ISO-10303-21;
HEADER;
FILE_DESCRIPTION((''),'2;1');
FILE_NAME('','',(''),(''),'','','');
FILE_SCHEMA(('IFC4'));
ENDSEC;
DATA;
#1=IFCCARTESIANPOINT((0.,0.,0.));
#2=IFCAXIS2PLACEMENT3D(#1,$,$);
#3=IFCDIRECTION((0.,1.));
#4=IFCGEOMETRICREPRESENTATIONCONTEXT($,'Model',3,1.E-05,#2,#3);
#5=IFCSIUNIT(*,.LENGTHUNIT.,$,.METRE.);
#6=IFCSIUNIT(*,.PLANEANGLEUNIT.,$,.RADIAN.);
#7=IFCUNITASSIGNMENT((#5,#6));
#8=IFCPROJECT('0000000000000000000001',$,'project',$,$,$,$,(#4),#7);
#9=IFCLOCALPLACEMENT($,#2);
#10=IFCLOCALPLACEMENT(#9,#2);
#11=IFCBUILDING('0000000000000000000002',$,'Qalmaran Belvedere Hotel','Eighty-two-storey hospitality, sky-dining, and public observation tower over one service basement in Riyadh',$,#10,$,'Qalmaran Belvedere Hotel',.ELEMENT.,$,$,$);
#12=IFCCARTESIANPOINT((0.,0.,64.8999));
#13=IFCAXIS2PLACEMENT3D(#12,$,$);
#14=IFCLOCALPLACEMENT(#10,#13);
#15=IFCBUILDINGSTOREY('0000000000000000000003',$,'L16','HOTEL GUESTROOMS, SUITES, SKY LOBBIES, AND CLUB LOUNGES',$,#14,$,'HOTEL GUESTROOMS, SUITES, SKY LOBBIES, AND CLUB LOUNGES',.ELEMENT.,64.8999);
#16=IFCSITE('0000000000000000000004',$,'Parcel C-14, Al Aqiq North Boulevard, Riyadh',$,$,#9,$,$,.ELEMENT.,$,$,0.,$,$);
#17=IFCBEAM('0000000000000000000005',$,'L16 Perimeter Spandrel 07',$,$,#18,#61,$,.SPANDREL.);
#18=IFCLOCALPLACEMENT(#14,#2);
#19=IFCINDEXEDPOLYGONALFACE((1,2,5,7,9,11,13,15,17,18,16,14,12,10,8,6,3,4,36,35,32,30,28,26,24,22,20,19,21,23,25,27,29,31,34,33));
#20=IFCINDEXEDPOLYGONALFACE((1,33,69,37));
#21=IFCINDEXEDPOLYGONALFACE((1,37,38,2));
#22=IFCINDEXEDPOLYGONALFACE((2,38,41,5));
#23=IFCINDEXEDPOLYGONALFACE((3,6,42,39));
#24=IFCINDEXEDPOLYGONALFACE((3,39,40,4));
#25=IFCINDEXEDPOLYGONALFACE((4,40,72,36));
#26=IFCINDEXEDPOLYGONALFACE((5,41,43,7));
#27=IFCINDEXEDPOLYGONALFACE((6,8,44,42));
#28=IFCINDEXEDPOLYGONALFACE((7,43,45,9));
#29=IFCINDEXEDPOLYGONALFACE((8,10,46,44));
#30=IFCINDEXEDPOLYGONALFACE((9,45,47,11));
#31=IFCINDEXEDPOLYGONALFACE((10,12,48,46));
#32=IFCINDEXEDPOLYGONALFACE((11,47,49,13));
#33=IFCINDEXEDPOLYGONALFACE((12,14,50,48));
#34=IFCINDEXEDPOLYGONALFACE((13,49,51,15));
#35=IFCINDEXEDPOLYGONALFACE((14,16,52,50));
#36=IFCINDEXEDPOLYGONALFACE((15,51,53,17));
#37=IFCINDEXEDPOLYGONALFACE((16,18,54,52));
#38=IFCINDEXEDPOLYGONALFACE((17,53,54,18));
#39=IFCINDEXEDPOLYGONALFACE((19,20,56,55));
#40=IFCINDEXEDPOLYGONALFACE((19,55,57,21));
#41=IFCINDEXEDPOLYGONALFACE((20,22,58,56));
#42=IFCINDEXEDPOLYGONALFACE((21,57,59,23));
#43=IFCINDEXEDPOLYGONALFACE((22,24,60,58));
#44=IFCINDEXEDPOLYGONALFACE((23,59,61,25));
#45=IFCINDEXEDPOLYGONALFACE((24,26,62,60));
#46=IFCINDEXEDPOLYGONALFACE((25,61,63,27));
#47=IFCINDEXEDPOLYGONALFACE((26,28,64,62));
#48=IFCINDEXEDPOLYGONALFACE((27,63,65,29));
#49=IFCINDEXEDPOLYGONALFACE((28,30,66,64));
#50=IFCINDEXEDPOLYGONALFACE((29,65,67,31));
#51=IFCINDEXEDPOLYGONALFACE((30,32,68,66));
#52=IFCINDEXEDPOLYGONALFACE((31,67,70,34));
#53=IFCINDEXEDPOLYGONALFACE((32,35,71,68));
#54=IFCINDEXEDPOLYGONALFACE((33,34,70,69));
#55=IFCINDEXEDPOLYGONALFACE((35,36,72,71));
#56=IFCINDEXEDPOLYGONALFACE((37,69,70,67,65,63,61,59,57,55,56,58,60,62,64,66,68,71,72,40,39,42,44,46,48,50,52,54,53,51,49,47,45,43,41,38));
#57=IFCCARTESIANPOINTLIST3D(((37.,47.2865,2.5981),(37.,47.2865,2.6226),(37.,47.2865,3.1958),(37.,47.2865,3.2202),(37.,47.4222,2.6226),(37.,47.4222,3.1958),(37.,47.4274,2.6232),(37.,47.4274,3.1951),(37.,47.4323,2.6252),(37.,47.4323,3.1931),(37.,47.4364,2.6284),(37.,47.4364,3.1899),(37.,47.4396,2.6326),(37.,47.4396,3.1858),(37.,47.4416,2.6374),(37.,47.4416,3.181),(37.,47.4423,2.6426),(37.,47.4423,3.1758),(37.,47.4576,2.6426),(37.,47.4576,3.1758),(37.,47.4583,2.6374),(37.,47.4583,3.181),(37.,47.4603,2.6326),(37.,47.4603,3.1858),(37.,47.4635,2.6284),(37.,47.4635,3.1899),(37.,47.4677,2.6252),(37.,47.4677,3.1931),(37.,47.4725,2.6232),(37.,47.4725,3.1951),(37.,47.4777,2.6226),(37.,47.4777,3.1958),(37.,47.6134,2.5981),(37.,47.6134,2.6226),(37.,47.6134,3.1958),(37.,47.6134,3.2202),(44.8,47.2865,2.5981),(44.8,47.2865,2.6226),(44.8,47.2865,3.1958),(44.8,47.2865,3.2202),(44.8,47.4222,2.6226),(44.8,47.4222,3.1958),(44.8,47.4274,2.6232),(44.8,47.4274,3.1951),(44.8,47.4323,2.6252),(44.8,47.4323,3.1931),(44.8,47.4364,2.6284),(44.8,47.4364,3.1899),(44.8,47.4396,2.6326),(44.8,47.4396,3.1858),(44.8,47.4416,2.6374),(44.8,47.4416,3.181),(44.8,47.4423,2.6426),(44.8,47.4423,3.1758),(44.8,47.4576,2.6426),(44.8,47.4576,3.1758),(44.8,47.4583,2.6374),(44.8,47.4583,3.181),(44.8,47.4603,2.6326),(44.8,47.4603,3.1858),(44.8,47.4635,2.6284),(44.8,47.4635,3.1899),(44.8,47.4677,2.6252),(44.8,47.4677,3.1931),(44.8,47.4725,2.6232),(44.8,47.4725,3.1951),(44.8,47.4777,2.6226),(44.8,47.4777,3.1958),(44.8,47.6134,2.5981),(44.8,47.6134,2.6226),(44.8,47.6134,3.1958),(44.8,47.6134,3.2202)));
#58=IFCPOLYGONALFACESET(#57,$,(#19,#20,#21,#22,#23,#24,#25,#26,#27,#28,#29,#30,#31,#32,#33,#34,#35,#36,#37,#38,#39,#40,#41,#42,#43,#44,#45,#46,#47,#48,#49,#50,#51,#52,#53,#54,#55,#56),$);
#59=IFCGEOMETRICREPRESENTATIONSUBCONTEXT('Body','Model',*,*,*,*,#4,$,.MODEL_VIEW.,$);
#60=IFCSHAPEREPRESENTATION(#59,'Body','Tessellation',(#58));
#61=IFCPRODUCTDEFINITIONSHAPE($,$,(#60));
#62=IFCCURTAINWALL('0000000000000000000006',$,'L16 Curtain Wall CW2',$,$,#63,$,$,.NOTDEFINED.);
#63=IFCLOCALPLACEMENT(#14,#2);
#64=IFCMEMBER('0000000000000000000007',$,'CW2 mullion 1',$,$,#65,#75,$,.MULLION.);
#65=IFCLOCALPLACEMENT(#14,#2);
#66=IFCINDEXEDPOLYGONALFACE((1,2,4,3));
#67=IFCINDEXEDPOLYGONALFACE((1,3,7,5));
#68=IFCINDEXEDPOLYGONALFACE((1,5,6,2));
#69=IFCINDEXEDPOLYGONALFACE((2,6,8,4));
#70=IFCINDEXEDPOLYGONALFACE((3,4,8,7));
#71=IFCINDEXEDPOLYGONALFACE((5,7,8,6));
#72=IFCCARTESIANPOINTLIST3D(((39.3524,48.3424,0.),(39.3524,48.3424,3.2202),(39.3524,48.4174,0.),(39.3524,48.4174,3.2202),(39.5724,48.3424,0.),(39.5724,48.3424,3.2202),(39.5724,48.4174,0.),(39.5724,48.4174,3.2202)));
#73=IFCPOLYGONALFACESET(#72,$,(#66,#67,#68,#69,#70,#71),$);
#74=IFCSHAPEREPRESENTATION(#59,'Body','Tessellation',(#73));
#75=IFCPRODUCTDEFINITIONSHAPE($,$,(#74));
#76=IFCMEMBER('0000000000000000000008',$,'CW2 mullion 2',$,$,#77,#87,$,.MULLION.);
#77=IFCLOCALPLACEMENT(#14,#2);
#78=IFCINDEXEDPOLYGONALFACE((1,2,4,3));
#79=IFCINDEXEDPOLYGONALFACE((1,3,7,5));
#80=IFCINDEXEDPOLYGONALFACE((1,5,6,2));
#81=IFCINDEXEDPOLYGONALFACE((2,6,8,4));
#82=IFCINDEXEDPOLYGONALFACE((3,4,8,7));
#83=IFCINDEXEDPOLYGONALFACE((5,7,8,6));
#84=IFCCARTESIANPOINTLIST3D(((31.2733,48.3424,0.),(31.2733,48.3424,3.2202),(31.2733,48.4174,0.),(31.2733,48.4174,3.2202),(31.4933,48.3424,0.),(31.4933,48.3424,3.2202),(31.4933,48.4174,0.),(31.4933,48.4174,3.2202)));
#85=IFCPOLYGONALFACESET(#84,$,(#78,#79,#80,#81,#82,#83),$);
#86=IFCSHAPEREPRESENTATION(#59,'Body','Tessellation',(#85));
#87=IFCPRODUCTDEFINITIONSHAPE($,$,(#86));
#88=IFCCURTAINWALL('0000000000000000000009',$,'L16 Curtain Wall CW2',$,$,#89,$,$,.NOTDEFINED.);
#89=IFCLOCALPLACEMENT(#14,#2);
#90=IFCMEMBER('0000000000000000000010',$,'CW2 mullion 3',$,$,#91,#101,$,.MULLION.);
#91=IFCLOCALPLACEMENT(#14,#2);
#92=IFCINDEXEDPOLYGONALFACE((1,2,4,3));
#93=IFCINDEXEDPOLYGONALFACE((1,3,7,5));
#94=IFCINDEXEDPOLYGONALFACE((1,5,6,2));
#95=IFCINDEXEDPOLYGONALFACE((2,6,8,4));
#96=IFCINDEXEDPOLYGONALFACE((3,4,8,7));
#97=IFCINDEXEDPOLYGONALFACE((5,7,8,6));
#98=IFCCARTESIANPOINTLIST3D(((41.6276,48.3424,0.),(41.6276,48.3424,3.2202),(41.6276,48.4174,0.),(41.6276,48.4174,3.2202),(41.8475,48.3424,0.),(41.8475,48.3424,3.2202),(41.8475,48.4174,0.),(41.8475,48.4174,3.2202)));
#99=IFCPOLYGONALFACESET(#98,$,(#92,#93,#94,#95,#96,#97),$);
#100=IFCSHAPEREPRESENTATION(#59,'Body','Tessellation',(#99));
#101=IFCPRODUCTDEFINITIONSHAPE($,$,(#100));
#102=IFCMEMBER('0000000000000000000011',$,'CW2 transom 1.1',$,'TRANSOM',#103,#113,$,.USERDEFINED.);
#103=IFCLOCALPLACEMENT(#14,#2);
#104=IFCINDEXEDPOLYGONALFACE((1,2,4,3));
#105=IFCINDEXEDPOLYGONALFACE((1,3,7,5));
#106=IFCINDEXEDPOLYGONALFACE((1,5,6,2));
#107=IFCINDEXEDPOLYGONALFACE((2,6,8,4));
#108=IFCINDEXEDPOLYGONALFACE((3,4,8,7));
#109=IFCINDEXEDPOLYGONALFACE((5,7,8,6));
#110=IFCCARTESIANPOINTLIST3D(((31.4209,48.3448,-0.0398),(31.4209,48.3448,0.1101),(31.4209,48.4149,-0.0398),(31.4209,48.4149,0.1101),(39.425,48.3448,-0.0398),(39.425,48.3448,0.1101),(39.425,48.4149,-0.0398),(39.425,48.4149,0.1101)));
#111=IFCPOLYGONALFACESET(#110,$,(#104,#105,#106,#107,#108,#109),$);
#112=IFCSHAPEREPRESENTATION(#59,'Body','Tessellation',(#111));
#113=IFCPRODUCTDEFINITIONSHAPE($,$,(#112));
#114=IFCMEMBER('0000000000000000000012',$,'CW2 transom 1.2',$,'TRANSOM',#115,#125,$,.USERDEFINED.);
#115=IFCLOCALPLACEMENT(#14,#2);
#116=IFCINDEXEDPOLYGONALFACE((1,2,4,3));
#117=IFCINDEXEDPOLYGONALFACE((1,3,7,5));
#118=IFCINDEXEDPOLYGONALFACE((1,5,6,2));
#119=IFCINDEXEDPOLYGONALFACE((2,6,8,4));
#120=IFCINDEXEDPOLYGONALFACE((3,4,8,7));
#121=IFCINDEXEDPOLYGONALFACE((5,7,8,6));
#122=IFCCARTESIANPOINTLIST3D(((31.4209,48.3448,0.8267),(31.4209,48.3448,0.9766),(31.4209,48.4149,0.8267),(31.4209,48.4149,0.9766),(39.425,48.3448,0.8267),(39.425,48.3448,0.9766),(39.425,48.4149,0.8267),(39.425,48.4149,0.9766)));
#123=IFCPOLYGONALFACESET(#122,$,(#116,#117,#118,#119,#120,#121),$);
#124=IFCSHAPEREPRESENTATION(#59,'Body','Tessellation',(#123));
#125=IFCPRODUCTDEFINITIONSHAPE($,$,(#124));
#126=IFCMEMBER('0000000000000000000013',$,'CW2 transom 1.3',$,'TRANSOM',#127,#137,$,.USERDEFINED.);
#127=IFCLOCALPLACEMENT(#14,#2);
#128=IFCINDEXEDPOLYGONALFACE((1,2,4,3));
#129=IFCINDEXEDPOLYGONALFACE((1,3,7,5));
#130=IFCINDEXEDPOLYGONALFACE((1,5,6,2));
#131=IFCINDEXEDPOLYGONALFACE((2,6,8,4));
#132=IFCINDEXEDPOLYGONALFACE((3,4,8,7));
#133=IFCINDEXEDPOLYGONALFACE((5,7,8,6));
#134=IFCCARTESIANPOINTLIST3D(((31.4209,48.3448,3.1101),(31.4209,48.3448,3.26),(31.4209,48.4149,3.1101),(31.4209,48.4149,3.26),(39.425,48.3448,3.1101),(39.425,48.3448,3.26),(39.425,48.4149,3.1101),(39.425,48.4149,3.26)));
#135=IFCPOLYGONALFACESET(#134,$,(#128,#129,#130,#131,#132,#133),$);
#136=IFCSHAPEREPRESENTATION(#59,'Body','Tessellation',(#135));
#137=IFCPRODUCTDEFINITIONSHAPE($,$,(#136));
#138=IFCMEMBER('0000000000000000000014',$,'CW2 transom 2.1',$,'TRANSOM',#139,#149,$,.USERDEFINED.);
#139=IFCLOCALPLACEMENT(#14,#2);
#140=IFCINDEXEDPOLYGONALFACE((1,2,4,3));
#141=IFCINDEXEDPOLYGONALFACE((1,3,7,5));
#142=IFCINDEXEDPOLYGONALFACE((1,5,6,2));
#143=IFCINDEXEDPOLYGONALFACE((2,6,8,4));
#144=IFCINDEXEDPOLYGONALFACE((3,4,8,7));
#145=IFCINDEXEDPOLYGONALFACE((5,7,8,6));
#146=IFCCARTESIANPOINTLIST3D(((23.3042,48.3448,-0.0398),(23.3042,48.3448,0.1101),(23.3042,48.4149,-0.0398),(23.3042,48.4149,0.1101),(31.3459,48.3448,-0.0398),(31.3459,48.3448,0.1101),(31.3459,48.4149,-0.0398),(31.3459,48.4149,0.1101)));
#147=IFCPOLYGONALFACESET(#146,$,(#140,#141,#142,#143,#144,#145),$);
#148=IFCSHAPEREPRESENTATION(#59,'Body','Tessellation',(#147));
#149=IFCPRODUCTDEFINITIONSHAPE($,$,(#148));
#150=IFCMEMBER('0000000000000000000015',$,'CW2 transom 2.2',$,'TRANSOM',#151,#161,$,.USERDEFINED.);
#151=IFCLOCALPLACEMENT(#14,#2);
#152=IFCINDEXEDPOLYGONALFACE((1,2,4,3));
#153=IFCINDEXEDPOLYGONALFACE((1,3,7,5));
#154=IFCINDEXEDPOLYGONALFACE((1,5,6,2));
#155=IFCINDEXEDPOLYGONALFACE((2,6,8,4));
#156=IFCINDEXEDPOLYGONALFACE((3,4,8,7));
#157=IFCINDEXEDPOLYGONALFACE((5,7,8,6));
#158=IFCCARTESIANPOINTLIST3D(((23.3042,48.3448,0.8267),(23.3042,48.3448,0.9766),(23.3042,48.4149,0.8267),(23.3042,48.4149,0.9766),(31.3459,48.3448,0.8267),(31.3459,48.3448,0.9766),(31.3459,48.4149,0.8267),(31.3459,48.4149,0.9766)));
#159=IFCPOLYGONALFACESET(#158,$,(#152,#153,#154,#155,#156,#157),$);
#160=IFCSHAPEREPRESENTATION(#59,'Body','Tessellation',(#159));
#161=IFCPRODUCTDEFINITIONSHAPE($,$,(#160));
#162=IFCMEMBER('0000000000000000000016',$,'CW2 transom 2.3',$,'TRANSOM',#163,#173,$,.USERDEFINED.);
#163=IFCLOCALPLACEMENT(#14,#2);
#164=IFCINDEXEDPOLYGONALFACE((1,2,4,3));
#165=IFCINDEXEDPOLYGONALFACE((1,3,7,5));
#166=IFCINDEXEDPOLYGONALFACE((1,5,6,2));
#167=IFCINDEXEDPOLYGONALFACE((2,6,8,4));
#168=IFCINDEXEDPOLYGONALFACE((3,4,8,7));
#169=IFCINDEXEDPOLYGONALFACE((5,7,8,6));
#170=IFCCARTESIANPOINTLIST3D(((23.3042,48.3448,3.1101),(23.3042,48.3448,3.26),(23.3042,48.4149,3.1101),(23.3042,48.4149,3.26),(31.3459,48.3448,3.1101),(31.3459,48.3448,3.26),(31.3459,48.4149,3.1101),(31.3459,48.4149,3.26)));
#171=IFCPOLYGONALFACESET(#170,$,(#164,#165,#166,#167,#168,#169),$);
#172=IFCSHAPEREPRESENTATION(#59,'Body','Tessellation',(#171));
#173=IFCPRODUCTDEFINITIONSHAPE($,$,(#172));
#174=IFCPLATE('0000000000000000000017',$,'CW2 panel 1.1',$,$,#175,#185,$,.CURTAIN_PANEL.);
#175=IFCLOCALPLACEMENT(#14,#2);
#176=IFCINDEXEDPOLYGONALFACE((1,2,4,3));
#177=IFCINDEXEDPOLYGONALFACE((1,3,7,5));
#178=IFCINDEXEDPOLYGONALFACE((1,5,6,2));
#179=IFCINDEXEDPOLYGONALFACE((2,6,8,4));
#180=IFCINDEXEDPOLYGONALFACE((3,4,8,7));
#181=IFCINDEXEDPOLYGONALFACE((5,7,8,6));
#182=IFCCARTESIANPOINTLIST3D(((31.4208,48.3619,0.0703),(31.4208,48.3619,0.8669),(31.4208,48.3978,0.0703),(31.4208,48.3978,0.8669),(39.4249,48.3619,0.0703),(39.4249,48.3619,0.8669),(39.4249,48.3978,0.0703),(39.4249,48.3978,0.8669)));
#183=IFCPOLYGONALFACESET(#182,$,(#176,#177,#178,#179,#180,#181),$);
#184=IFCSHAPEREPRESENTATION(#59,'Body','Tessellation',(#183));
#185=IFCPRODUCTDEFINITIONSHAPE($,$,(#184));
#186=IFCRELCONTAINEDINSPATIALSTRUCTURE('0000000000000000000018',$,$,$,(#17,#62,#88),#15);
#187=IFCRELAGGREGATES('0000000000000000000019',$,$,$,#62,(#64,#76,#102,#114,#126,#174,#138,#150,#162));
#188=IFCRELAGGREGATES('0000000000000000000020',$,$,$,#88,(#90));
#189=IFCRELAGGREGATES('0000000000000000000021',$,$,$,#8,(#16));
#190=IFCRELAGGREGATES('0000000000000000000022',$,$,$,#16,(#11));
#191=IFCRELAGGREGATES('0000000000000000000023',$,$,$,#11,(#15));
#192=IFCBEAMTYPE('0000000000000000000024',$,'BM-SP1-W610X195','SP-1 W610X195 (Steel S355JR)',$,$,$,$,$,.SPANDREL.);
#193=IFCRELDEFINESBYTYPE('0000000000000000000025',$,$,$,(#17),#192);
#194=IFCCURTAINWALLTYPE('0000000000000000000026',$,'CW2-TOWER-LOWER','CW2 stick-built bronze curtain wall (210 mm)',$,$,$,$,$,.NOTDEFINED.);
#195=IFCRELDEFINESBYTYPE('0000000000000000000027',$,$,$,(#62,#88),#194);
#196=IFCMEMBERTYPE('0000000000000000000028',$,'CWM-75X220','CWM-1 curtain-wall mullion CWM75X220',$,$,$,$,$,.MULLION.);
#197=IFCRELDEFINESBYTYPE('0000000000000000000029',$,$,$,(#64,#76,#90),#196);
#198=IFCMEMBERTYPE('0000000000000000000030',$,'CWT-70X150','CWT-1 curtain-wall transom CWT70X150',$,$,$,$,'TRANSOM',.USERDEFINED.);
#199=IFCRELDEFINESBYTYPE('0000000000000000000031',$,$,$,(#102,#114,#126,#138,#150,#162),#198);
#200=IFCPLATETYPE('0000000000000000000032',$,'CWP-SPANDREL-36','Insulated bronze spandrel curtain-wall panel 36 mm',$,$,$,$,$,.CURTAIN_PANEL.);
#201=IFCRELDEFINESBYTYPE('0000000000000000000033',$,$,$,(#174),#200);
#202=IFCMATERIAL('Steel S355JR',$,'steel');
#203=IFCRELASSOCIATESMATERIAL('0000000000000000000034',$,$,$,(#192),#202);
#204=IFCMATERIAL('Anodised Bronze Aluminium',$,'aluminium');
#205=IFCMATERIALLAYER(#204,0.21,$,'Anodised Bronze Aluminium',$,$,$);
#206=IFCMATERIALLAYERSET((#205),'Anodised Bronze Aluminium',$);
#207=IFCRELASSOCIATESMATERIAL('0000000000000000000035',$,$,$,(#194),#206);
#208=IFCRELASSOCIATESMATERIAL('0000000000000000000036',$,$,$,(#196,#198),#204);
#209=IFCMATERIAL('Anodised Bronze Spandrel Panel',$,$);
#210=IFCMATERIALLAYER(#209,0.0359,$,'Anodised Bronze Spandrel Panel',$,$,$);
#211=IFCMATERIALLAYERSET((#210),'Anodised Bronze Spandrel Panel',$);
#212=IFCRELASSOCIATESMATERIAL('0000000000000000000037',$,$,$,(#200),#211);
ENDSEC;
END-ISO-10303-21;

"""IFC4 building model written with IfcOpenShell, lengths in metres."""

from ifc_helpers import new_model, si_unit, direction, frame, origin, origin_2d, place, context, subcontext, project, spatial, rectangle, i_section, extrude, material, layer, layer_set, material_profile, profile_set, type_object, element, aggregate, save


model = new_model("IFC4")

# Units and contexts
model_context = context("Model", 3, precision=1e-05, world=origin(), true_north=direction((0.0, 1.0)))
body_context = subcontext(model_context, "Body", "Model", "MODEL_VIEW")
ifc_project = project(units=[si_unit("LENGTHUNIT", "METRE"), si_unit("PLANEANGLEUNIT", "RADIAN")], contexts=[model_context])

# Site, building, storey
site_placement = place(None, origin())
site = spatial("IfcSite", under=ifc_project, at=site_placement, Name="Parcel C-14, Al Aqiq North Boulevard, Riyadh", CompositionType="ELEMENT", RefElevation=0.0)
building_placement = place(site_placement, origin())
building = spatial("IfcBuilding", under=site, at=building_placement, Name="Qalmaran Belvedere Hotel", Description="Eighty-two-storey hospitality, sky-dining, and public observation tower over one service basement in Riyadh", LongName="Qalmaran Belvedere Hotel", CompositionType="ELEMENT")
storey_placement = place(building_placement, frame((0.0, 0.0, 64.8999)))
storey = spatial("IfcBuildingStorey", under=building, at=storey_placement, Name="L16", Description="HOTEL GUESTROOMS, SUITES, SKY LOBBIES, AND CLUB LOUNGES", LongName="HOTEL GUESTROOMS, SUITES, SKY LOBBIES, AND CLUB LOUNGES", CompositionType="ELEMENT", Elevation=64.8999)

# Beam
ifc_material_1 = material(Name="Steel S355JR", Category="steel")
ifc_material_profile_1 = material_profile(ifc_material_1, i_section(OverallWidth=0.3269, OverallDepth=0.6221, WebThickness=0.0154, FlangeThickness=0.0244, FilletRadius=0.02, at=origin_2d()), Name="W610X195")
ifc_profile_set_1 = profile_set([ifc_material_profile_1], Name="Steel S355JR")
beam_type_1 = type_object("IfcBeamType", Name="BM-SP1-W610X195", Description="SP-1 W610X195 (Steel S355JR)", PredefinedType="SPANDREL", material=ifc_profile_set_1)
beam_placement = place(storey_placement, frame((37.0, 47.45, 2.9092), z_axis=(1.0, 0.0, 0.0), x_axis=(0.0, 1.0, 0.0)))
element("IfcBeam", 1, at=beam_placement, inside=storey, type_object=beam_type_1, Name="L16 Perimeter Spandrel 07", PredefinedType="SPANDREL", context=body_context, shape_type="SweptSolid", body=[
    extrude(i_section(OverallWidth=0.3269, OverallDepth=0.6221, WebThickness=0.0154, FlangeThickness=0.0244, FilletRadius=0.02, at=origin_2d()), origin(), (0.0, 0.0, 1.0), 7.8),
])

# Curtain wall, members
ifc_material_2 = material(Name="Anodised Bronze Aluminium", Category="aluminium")
ifc_layer_1 = layer(ifc_material_2, 0.21, Name="Anodised Bronze Aluminium")
ifc_layer_set_1 = layer_set([ifc_layer_1], Name="Anodised Bronze Aluminium")
curtain_wall_type = type_object("IfcCurtainWallType", Name="CW2-TOWER-LOWER", Description="CW2 stick-built bronze curtain wall (210 mm)", PredefinedType="NOTDEFINED", material=ifc_layer_set_1)
curtain_wall_1_placement = place(storey_placement, origin())
curtain_wall_1 = element("IfcCurtainWall", 2, at=curtain_wall_1_placement, inside=storey, type_object=curtain_wall_type, Name="L16 Curtain Wall CW2", PredefinedType="NOTDEFINED")
ifc_material_profile_2 = material_profile(ifc_material_2, rectangle(XDim=0.075, YDim=0.22, at=origin_2d()), Name="CWM75X220")
ifc_profile_set_2 = profile_set([ifc_material_profile_2], Name="Anodised Bronze Aluminium")
member_type_1 = type_object("IfcMemberType", Name="CWM-75X220", Description="CWM-1 curtain-wall mullion CWM75X220", PredefinedType="MULLION", material=ifc_profile_set_2)
member_1_placement = place(storey_placement, frame((39.4624, 48.3799, 0.0), z_axis=(0.0, 0.0, 1.0), x_axis=(0.0, -1.0, 0.0)))
member_1 = element("IfcMember", 3, at=member_1_placement, type_object=member_type_1, Name="CW2 mullion 1", PredefinedType="MULLION", context=body_context, shape_type="SweptSolid", body=[
    extrude(rectangle(XDim=0.075, YDim=0.22, at=origin_2d()), origin(), (0.0, 0.0, 1.0), 3.2202),
])
member_2_placement = place(storey_placement, frame((31.3833, 48.3799, 0.0), z_axis=(0.0, 0.0, 1.0), x_axis=(0.0, -1.0, 0.0)))
member_2 = element("IfcMember", 4, at=member_2_placement, type_object=member_type_1, Name="CW2 mullion 2", PredefinedType="MULLION", context=body_context, shape_type="SweptSolid", body=[
    extrude(rectangle(XDim=0.075, YDim=0.22, at=origin_2d()), origin(), (0.0, 0.0, 1.0), 3.2202),
])

# Curtain wall, member
curtain_wall_2_placement = place(storey_placement, origin())
curtain_wall_2 = element("IfcCurtainWall", 5, at=curtain_wall_2_placement, inside=storey, type_object=curtain_wall_type, Name="L16 Curtain Wall CW2", PredefinedType="NOTDEFINED")
member_3_placement = place(storey_placement, frame((41.7375, 48.3799, 0.0), z_axis=(0.0, 0.0, 1.0), x_axis=(0.0, -1.0, 0.0)))
member_3 = element("IfcMember", 6, at=member_3_placement, type_object=member_type_1, Name="CW2 mullion 3", PredefinedType="MULLION", context=body_context, shape_type="SweptSolid", body=[
    extrude(rectangle(XDim=0.075, YDim=0.22, at=origin_2d()), origin(), (0.0, 0.0, 1.0), 3.2202),
])

# Members
ifc_material_profile_3 = material_profile(ifc_material_2, rectangle(XDim=0.0701, YDim=0.1499, at=origin_2d()), Name="CWT70X150")
ifc_profile_set_3 = profile_set([ifc_material_profile_3], Name="Anodised Bronze Aluminium")
member_type_2 = type_object("IfcMemberType", Name="CWT-70X150", Description="CWT-1 curtain-wall transom CWT70X150", ElementType="TRANSOM", PredefinedType="USERDEFINED", material=ifc_profile_set_3)
member_4_placement = place(storey_placement, frame((39.425, 48.3799, 0.0352), z_axis=(-1.0, 0.0, 0.0), x_axis=(0.0, -1.0, 0.0)))
member_4 = element("IfcMember", 7, at=member_4_placement, type_object=member_type_2, Name="CW2 transom 1.1", ObjectType="TRANSOM", PredefinedType="USERDEFINED", context=body_context, shape_type="SweptSolid", body=[
    extrude(rectangle(XDim=0.0701, YDim=0.1499, at=origin_2d()), origin(), (0.0, 0.0, 1.0), 8.0042),
])
member_5_placement = place(storey_placement, frame((39.425, 48.3799, 0.9016), z_axis=(-1.0, 0.0, 0.0), x_axis=(0.0, -1.0, 0.0)))
member_5 = element("IfcMember", 8, at=member_5_placement, type_object=member_type_2, Name="CW2 transom 1.2", ObjectType="TRANSOM", PredefinedType="USERDEFINED", context=body_context, shape_type="SweptSolid", body=[
    extrude(rectangle(XDim=0.0701, YDim=0.1499, at=origin_2d()), origin(), (0.0, 0.0, 1.0), 8.0042),
])
member_6_placement = place(storey_placement, frame((39.425, 48.3799, 3.1851), z_axis=(-1.0, 0.0, 0.0), x_axis=(0.0, -1.0, 0.0)))
member_6 = element("IfcMember", 9, at=member_6_placement, type_object=member_type_2, Name="CW2 transom 1.3", ObjectType="TRANSOM", PredefinedType="USERDEFINED", context=body_context, shape_type="SweptSolid", body=[
    extrude(rectangle(XDim=0.0701, YDim=0.1499, at=origin_2d()), origin(), (0.0, 0.0, 1.0), 8.0042),
])
member_7_placement = place(storey_placement, frame((31.3459, 48.3799, 0.0352), z_axis=(-1.0, 0.0, 0.0), x_axis=(0.0, -1.0, 0.0)))
member_7 = element("IfcMember", 10, at=member_7_placement, type_object=member_type_2, Name="CW2 transom 2.1", ObjectType="TRANSOM", PredefinedType="USERDEFINED", context=body_context, shape_type="SweptSolid", body=[
    extrude(rectangle(XDim=0.0701, YDim=0.1499, at=origin_2d()), origin(), (0.0, 0.0, 1.0), 8.0417),
])
member_8_placement = place(storey_placement, frame((31.3459, 48.3799, 0.9016), z_axis=(-1.0, 0.0, 0.0), x_axis=(0.0, -1.0, 0.0)))
member_8 = element("IfcMember", 11, at=member_8_placement, type_object=member_type_2, Name="CW2 transom 2.2", ObjectType="TRANSOM", PredefinedType="USERDEFINED", context=body_context, shape_type="SweptSolid", body=[
    extrude(rectangle(XDim=0.0701, YDim=0.1499, at=origin_2d()), origin(), (0.0, 0.0, 1.0), 8.0417),
])
member_9_placement = place(storey_placement, frame((31.3459, 48.3799, 3.1851), z_axis=(-1.0, 0.0, 0.0), x_axis=(0.0, -1.0, 0.0)))
member_9 = element("IfcMember", 12, at=member_9_placement, type_object=member_type_2, Name="CW2 transom 2.3", ObjectType="TRANSOM", PredefinedType="USERDEFINED", context=body_context, shape_type="SweptSolid", body=[
    extrude(rectangle(XDim=0.0701, YDim=0.1499, at=origin_2d()), origin(), (0.0, 0.0, 1.0), 8.0417),
])

# Plate
ifc_material_3 = material(Name="Anodised Bronze Spandrel Panel")
ifc_layer_2 = layer(ifc_material_3, 0.0359, Name="Anodised Bronze Spandrel Panel")
ifc_layer_set_2 = layer_set([ifc_layer_2], Name="Anodised Bronze Spandrel Panel")
plate_type_1 = type_object("IfcPlateType", Name="CWP-SPANDREL-36", Description="Insulated bronze spandrel curtain-wall panel 36 mm", PredefinedType="CURTAIN_PANEL", material=ifc_layer_set_2)
plate_1_placement = place(storey_placement, frame((35.4229, 48.3799, 0.0703), z_axis=(0.0, 0.0, 1.0), x_axis=(-1.0, 0.0, 0.0)))
plate_1 = element("IfcPlate", 13, at=plate_1_placement, type_object=plate_type_1, Name="CW2 panel 1.1", PredefinedType="CURTAIN_PANEL", context=body_context, shape_type="SweptSolid", body=[
    extrude(rectangle(XDim=8.0042, YDim=0.0359, at=origin_2d()), origin(), (0.0, 0.0, 1.0), 0.7966),
])
aggregate(curtain_wall_1, [member_1, member_2, member_4, member_5, member_6, plate_1, member_7, member_8, member_9])
aggregate(curtain_wall_2, [member_3])

save(model, "model.ifc")
